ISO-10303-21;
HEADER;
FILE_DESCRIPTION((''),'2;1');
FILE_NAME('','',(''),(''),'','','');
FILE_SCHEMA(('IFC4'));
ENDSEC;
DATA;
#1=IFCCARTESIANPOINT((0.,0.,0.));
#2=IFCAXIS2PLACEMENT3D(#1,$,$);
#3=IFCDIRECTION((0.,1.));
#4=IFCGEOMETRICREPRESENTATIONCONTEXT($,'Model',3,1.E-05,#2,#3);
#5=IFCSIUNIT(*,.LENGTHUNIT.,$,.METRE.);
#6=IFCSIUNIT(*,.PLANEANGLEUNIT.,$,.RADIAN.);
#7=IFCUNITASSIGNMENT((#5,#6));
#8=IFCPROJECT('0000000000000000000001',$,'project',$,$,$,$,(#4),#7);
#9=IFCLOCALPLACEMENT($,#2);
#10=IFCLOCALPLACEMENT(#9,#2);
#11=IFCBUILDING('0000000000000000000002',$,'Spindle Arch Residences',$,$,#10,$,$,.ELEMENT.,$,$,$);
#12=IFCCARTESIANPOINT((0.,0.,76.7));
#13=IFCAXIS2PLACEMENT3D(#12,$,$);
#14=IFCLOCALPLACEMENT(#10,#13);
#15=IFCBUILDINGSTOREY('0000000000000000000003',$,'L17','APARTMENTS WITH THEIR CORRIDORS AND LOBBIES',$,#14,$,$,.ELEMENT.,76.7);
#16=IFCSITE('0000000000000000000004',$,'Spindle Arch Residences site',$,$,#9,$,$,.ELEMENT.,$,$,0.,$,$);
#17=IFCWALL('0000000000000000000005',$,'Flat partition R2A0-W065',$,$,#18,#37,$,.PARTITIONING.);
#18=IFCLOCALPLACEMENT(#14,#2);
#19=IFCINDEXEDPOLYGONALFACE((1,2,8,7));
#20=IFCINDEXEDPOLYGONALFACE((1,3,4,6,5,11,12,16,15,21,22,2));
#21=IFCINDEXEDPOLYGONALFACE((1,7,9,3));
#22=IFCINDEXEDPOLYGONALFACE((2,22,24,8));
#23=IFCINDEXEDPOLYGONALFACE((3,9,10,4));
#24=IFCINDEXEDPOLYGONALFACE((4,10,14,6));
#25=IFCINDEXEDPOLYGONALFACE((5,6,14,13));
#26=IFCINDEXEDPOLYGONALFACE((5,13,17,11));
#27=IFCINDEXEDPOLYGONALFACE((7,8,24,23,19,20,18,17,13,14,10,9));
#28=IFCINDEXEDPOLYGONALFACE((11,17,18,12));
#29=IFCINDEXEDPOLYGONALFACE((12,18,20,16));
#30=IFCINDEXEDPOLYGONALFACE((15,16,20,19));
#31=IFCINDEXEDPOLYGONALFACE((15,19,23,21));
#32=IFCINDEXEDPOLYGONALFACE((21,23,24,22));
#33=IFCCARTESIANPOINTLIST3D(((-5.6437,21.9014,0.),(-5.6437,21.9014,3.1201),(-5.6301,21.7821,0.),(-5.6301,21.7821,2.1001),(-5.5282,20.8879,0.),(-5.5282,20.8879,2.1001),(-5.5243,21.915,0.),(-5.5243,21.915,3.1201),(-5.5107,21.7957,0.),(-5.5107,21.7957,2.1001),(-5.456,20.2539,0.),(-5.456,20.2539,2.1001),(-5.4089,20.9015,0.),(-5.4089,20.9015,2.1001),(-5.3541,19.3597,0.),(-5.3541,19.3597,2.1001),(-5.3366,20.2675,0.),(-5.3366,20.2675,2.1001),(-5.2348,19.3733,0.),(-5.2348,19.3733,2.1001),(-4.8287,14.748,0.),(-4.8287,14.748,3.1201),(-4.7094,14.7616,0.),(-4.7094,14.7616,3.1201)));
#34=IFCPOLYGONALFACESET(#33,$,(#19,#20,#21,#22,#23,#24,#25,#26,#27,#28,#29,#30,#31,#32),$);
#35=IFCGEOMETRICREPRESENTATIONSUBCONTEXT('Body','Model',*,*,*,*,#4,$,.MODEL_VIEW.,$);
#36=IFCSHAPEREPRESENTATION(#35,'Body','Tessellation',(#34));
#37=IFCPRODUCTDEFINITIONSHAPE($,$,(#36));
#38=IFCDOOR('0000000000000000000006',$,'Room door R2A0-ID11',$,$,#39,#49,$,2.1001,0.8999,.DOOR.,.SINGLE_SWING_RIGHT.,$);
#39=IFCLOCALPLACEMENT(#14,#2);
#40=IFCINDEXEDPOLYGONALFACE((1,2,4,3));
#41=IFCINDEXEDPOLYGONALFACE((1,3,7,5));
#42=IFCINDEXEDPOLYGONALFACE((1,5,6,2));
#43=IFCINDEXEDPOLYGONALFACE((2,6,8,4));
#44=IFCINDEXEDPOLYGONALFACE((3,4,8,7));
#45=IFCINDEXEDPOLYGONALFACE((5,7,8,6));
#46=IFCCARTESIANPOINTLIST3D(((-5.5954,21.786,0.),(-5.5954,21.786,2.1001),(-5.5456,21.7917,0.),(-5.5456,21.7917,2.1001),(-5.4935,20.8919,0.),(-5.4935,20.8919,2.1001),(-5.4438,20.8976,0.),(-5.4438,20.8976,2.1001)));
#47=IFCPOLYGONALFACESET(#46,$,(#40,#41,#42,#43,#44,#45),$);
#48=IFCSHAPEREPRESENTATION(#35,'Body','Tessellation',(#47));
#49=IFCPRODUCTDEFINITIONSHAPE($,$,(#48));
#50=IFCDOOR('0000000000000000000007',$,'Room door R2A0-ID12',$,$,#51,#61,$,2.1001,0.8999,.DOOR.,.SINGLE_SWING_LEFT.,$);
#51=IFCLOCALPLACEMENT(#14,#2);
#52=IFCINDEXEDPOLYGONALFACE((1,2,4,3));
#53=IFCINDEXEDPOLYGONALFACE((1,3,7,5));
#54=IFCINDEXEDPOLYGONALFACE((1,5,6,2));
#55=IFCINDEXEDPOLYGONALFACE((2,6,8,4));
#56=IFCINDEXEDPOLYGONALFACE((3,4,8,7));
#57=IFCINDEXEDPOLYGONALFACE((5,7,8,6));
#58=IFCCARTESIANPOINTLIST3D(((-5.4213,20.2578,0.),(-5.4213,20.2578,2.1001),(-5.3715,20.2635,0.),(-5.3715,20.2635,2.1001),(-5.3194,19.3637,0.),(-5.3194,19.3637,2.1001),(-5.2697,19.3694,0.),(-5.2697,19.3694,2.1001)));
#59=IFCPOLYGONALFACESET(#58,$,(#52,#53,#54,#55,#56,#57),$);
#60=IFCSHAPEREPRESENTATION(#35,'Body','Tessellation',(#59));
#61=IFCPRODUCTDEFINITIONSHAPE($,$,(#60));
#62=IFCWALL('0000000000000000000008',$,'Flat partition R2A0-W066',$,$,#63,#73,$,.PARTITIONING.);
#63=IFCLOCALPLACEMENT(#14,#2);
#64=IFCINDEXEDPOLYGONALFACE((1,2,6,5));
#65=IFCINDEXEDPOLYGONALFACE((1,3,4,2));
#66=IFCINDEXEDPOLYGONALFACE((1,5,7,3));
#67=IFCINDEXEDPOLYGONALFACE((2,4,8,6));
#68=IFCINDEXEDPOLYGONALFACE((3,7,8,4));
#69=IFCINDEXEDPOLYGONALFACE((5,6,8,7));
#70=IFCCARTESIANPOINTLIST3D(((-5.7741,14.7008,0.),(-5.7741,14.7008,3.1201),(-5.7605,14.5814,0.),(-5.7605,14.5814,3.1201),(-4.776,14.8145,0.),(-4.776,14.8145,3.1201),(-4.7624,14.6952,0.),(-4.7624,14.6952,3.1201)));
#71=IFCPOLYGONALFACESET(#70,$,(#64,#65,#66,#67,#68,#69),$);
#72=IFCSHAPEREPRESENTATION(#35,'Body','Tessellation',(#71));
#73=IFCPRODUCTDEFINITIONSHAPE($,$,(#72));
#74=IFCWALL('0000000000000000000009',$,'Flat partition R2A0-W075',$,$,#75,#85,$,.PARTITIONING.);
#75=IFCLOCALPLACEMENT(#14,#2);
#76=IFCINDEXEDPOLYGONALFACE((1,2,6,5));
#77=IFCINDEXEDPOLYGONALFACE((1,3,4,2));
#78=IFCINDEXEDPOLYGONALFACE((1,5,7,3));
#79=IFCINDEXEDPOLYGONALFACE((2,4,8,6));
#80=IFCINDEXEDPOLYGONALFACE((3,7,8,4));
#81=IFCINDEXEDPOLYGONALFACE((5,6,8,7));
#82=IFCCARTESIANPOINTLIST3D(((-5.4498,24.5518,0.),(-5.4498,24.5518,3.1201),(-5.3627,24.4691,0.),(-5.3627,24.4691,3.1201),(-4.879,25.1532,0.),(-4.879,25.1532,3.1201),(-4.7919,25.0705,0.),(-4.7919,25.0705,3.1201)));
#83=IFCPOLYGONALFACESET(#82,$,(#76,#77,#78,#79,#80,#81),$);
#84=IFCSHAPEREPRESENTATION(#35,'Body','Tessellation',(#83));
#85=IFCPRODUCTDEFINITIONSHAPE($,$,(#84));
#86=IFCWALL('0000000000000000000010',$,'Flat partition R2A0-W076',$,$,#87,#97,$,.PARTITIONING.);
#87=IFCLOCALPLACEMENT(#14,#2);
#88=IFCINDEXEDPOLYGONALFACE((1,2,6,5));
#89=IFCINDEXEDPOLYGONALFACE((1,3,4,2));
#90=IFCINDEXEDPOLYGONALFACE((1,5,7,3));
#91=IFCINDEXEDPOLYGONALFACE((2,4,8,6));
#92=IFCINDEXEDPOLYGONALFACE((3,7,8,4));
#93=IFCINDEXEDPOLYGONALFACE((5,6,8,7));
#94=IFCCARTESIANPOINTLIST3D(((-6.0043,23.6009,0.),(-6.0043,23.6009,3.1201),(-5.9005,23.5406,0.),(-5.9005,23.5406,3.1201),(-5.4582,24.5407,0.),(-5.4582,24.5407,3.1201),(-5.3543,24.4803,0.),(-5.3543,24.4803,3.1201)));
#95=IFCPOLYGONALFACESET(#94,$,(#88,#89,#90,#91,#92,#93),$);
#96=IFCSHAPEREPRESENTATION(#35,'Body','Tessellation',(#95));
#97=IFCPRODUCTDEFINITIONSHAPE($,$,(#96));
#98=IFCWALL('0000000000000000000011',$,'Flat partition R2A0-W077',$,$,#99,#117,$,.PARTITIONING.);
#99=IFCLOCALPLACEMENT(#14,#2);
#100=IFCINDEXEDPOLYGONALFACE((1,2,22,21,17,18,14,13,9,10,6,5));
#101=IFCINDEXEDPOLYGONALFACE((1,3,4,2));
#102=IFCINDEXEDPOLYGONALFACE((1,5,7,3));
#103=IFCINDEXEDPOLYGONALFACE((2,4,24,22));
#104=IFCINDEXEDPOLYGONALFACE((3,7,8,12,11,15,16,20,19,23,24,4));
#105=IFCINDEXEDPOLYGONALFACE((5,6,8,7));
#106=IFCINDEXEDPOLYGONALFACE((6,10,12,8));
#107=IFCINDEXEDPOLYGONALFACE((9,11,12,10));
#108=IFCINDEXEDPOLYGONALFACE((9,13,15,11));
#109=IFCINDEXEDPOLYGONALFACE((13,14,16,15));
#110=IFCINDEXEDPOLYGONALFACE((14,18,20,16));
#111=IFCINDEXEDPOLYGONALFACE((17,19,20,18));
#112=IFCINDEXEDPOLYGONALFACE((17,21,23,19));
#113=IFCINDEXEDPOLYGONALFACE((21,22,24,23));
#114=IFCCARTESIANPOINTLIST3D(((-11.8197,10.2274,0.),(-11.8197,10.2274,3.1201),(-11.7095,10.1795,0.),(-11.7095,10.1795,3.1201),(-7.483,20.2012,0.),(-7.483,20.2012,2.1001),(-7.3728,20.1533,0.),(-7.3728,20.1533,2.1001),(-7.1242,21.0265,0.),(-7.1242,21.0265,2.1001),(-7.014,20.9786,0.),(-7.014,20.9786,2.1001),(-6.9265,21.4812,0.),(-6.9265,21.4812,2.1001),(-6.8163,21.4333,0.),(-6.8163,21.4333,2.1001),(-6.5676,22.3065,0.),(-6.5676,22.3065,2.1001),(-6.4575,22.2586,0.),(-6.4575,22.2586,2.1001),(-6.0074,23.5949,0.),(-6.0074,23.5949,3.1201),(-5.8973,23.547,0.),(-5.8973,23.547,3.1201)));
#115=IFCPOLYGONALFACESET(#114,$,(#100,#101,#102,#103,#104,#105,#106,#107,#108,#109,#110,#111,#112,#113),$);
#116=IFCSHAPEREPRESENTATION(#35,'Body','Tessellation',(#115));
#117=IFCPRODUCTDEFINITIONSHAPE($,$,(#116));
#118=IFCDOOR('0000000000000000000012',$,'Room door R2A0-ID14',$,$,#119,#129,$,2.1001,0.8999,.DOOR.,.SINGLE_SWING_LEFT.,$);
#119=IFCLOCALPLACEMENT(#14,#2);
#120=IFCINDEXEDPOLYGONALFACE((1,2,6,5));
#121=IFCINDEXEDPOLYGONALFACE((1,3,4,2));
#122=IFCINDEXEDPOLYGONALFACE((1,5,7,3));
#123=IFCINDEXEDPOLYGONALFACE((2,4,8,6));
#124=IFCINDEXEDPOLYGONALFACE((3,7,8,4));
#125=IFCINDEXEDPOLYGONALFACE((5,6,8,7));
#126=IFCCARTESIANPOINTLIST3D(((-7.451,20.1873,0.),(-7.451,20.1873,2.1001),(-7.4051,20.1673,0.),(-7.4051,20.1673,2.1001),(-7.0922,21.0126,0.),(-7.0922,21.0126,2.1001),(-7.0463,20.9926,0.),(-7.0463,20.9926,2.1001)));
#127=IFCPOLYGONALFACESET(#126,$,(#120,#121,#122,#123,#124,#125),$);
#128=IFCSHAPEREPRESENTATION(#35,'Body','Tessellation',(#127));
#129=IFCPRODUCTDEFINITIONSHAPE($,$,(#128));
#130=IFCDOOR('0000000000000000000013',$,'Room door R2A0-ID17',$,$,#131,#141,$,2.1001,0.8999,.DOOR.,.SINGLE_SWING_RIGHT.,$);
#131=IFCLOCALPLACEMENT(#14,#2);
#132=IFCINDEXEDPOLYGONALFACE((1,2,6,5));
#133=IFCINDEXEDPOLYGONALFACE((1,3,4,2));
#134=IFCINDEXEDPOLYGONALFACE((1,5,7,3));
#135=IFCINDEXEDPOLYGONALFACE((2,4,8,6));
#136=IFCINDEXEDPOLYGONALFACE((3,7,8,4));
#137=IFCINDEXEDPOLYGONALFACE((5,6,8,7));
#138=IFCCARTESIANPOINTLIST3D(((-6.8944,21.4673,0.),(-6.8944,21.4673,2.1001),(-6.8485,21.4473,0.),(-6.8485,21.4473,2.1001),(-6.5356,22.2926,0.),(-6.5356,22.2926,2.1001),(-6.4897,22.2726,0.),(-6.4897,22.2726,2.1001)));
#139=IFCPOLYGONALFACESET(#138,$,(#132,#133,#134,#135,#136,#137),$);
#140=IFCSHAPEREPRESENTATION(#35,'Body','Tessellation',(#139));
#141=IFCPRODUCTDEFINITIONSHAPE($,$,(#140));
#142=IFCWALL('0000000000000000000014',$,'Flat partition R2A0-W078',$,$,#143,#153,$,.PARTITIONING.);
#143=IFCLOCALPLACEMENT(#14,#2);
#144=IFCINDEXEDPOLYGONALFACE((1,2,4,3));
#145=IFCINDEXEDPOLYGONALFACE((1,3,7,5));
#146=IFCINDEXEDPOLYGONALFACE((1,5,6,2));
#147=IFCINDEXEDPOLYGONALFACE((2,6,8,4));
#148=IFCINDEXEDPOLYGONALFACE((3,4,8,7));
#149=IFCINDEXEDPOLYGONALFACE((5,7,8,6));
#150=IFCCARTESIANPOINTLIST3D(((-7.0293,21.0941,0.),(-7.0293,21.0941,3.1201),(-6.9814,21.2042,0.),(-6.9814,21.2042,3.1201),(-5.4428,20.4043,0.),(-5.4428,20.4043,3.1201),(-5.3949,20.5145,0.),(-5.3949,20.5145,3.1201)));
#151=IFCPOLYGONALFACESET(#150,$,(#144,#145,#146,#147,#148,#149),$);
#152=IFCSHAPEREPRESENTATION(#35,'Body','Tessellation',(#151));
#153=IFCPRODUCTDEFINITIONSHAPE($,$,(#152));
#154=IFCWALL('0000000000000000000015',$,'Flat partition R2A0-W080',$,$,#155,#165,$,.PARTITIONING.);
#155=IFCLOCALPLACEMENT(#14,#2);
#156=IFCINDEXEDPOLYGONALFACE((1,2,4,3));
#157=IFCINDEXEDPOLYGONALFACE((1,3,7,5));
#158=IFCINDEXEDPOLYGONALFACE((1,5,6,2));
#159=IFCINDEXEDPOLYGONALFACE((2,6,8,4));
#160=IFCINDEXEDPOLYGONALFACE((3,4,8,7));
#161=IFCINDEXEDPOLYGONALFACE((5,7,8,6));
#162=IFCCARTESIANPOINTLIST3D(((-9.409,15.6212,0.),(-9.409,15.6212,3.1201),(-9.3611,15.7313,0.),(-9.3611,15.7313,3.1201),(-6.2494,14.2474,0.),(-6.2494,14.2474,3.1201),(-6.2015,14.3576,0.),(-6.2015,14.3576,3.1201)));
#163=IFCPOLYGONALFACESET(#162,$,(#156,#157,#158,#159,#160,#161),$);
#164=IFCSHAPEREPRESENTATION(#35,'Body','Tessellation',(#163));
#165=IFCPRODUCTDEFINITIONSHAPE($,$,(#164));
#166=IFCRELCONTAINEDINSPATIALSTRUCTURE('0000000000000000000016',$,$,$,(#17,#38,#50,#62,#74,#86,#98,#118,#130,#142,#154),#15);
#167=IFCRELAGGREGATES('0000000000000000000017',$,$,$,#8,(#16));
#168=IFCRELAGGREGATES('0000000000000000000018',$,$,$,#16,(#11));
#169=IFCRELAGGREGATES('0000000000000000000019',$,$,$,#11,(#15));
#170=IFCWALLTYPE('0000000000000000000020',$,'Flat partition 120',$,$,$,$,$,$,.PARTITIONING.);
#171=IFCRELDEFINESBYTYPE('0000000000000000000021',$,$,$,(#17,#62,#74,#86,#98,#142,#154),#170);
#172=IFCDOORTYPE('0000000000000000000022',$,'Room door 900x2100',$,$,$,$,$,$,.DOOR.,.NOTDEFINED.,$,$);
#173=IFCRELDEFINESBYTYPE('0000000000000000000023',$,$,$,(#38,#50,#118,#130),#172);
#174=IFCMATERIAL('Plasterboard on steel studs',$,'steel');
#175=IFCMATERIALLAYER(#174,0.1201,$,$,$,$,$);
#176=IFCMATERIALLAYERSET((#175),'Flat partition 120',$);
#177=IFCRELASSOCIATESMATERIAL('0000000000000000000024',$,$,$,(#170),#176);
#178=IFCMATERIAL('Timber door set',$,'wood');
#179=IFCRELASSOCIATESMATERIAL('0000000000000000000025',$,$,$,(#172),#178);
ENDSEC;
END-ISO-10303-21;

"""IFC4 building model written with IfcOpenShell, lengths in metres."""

from ifc_helpers import new_model, si_unit, direction, frame, frame_2d, origin, place, context, subcontext, project, spatial, rectangle, extrude, material, layer, layer_set, type_object, element, fill, save


model = new_model("IFC4")

# Units and contexts
model_context = context("Model", 3, precision=1e-05, world=origin(), true_north=direction((0.0, 1.0)))
body_context = subcontext(model_context, "Body", "Model", "MODEL_VIEW")
ifc_project = project(units=[si_unit("LENGTHUNIT", "METRE"), si_unit("PLANEANGLEUNIT", "RADIAN")], contexts=[model_context])

# Site, building, storey
site_placement = place(None, origin())
site = spatial("IfcSite", under=ifc_project, at=site_placement, Name="Spindle Arch Residences site", CompositionType="ELEMENT", RefElevation=0.0)
building_placement = place(site_placement, origin())
building = spatial("IfcBuilding", under=site, at=building_placement, Name="Spindle Arch Residences", CompositionType="ELEMENT")
storey_placement = place(building_placement, frame((0.0, 0.0, 76.7)))
storey = spatial("IfcBuildingStorey", under=building, at=storey_placement, Name="L17", Description="APARTMENTS WITH THEIR CORRIDORS AND LOBBIES", CompositionType="ELEMENT", Elevation=76.7)

# Shared definitions
ifc_material_1 = material(Name="Plasterboard on steel studs", Category="steel")
ifc_layer_1 = layer(ifc_material_1, 0.1201)
ifc_layer_set_1 = layer_set([ifc_layer_1], Name="Flat partition 120")
wall_type_1 = type_object("IfcWallType", Name="Flat partition 120", PredefinedType="PARTITIONING", material=ifc_layer_set_1)

# Wall, openings, doors
wall_1_placement = place(storey_placement, frame((-5.584, 21.9082, 0.0), z_axis=(0.0, 0.0, 1.0), x_axis=(0.113193, -0.993573, 0.0)))
wall_1 = element("IfcWall", 1, at=wall_1_placement, inside=storey, type_object=wall_type_1, Name="Flat partition R2A0-W065", PredefinedType="PARTITIONING", context=body_context, shape_type="SweptSolid", body=[
    extrude(rectangle(XDim=7.1997, YDim=0.1201, at=frame_2d((3.5999, 0.0))), origin(), (0.0, 0.0, 1.0), 3.1201),
])
opening_1_placement = place(wall_1_placement, frame((0.1201, 0.0, 0.0)))
opening_1 = element("IfcOpeningElement", 2, at=opening_1_placement, cuts=wall_1, PredefinedType="OPENING", context=body_context, shape_type="SweptSolid", body=[
    extrude(rectangle(XDim=0.8999, YDim=2.1001, at=frame_2d((0.45, 1.05))), frame((0.0, 0.0701, 0.0), z_axis=(0.0, -1.0, 0.0), x_axis=(1.0, 0.0, 0.0)), (0.0, 0.0, 1.0), 0.1401),
])
opening_2_placement = place(wall_1_placement, frame((1.6582, 0.0, 0.0)))
opening_2 = element("IfcOpeningElement", 3, at=opening_2_placement, cuts=wall_1, PredefinedType="OPENING", context=body_context, shape_type="SweptSolid", body=[
    extrude(rectangle(XDim=0.8999, YDim=2.1001, at=frame_2d((0.45, 1.05))), frame((0.0, 0.0701, 0.0), z_axis=(0.0, -1.0, 0.0), x_axis=(1.0, 0.0, 0.0)), (0.0, 0.0, 1.0), 0.1401),
])
ifc_material_2 = material(Name="Timber door set", Category="wood")
door_type_1 = type_object("IfcDoorType", Name="Room door 900x2100", OperationType="NOTDEFINED", PredefinedType="DOOR", material=ifc_material_2)
door_1_placement = place(opening_1_placement, origin())
door_1 = element("IfcDoor", 4, at=door_1_placement, inside=storey, type_object=door_type_1, Name="Room door R2A0-ID11", OperationType="SINGLE_SWING_RIGHT", OverallHeight=2.1001, OverallWidth=0.8999, PredefinedType="DOOR", context=body_context, shape_type="SweptSolid", body=[
    extrude(rectangle(XDim=0.8999, YDim=2.1001, at=frame_2d((0.45, 1.05))), frame((0.0, 0.0249, 0.0), z_axis=(0.0, -1.0, 0.0), x_axis=(1.0, 0.0, 0.0)), (0.0, 0.0, 1.0), 0.05),
])
fill(opening_1, door_1)
door_2_placement = place(opening_2_placement, origin())
door_2 = element("IfcDoor", 5, at=door_2_placement, inside=storey, type_object=door_type_1, Name="Room door R2A0-ID12", OperationType="SINGLE_SWING_LEFT", OverallHeight=2.1001, OverallWidth=0.8999, PredefinedType="DOOR", context=body_context, shape_type="SweptSolid", body=[
    extrude(rectangle(XDim=0.8999, YDim=2.1001, at=frame_2d((0.45, 1.05))), frame((0.0, 0.0249, 0.0), z_axis=(0.0, -1.0, 0.0), x_axis=(1.0, 0.0, 0.0)), (0.0, 0.0, 1.0), 0.05),
])
fill(opening_2, door_2)

# Walls
wall_2_placement = place(storey_placement, frame((-4.769, 14.7549, 0.0), z_axis=(0.0, 0.0, 1.0), x_axis=(-0.993569, -0.113231, 0.0)))
element("IfcWall", 6, at=wall_2_placement, inside=storey, type_object=wall_type_1, Name="Flat partition R2A0-W066", PredefinedType="PARTITIONING", context=body_context, shape_type="SweptSolid", body=[
    extrude(rectangle(XDim=1.0046, YDim=0.1201, at=frame_2d((0.5024, 0.0))), origin(), (0.0, 0.0, 1.0), 3.1201),
])
wall_3_placement = place(storey_placement, frame((-4.8354, 25.1118, 0.0), z_axis=(0.0, 0.0, 1.0), x_axis=(-0.688463, -0.725271, 0.0)))
element("IfcWall", 7, at=wall_3_placement, inside=storey, type_object=wall_type_1, Name="Flat partition R2A0-W075", PredefinedType="PARTITIONING", context=body_context, shape_type="SweptSolid", body=[
    extrude(rectangle(XDim=0.8291, YDim=0.1201, at=frame_2d((0.4146, 0.0))), origin(), (0.0, 0.0, 1.0), 3.1201),
])
wall_4_placement = place(storey_placement, frame((-5.4062, 24.5105, 0.0), z_axis=(0.0, 0.0, 1.0), x_axis=(-0.502488, -0.864584, 0.0)))
element("IfcWall", 8, at=wall_4_placement, inside=storey, type_object=wall_type_1, Name="Flat partition R2A0-W076", PredefinedType="PARTITIONING", context=body_context, shape_type="SweptSolid", body=[
    extrude(rectangle(XDim=1.0869, YDim=0.1201, at=frame_2d((0.5435, 0.0))), origin(), (0.0, 0.0, 1.0), 3.1201),
])

# Wall, openings, doors
wall_5_placement = place(storey_placement, frame((-5.9524, 23.5708, 0.0), z_axis=(0.0, 0.0, 1.0), x_axis=(-0.398745, -0.917062, 0.0)))
wall_5 = element("IfcWall", 9, at=wall_5_placement, inside=storey, type_object=wall_type_1, Name="Flat partition R2A0-W077", PredefinedType="PARTITIONING", context=body_context, shape_type="SweptSolid", body=[
    extrude(rectangle(XDim=14.5764, YDim=0.1201, at=frame_2d((7.2881, 0.0))), origin(), (0.0, 0.0, 1.0), 3.1201),
])
opening_3_placement = place(wall_5_placement, frame((2.8005, 0.0, 0.0)))
opening_3 = element("IfcOpeningElement", 10, at=opening_3_placement, cuts=wall_5, PredefinedType="OPENING", context=body_context, shape_type="SweptSolid", body=[
    extrude(rectangle(XDim=0.8999, YDim=2.1001, at=frame_2d((0.45, 1.05))), frame((0.0, 0.0701, 0.0), z_axis=(0.0, -1.0, 0.0), x_axis=(1.0, 0.0, 0.0)), (0.0, 0.0, 1.0), 0.1401),
])
opening_4_placement = place(wall_5_placement, frame((1.4048, 0.0, 0.0)))
opening_4 = element("IfcOpeningElement", 11, at=opening_4_placement, cuts=wall_5, PredefinedType="OPENING", context=body_context, shape_type="SweptSolid", body=[
    extrude(rectangle(XDim=0.8999, YDim=2.1001, at=frame_2d((0.45, 1.05))), frame((0.0, 0.0701, 0.0), z_axis=(0.0, -1.0, 0.0), x_axis=(1.0, 0.0, 0.0)), (0.0, 0.0, 1.0), 0.1401),
])
door_3_placement = place(opening_3_placement, origin())
door_3 = element("IfcDoor", 12, at=door_3_placement, inside=storey, type_object=door_type_1, Name="Room door R2A0-ID14", OperationType="SINGLE_SWING_LEFT", OverallHeight=2.1001, OverallWidth=0.8999, PredefinedType="DOOR", context=body_context, shape_type="SweptSolid", body=[
    extrude(rectangle(XDim=0.8999, YDim=2.1001, at=frame_2d((0.45, 1.05))), frame((0.0, 0.0249, 0.0), z_axis=(0.0, -1.0, 0.0), x_axis=(1.0, 0.0, 0.0)), (0.0, 0.0, 1.0), 0.05),
])
fill(opening_3, door_3)
door_4_placement = place(opening_4_placement, origin())
door_4 = element("IfcDoor", 13, at=door_4_placement, inside=storey, type_object=door_type_1, Name="Room door R2A0-ID17", OperationType="SINGLE_SWING_RIGHT", OverallHeight=2.1001, OverallWidth=0.8999, PredefinedType="DOOR", context=body_context, shape_type="SweptSolid", body=[
    extrude(rectangle(XDim=0.8999, YDim=2.1001, at=frame_2d((0.45, 1.05))), frame((0.0, 0.0249, 0.0), z_axis=(0.0, -1.0, 0.0), x_axis=(1.0, 0.0, 0.0)), (0.0, 0.0, 1.0), 0.05),
])
fill(opening_4, door_4)

# Walls
wall_6_placement = place(storey_placement, frame((-7.0054, 21.1492, 0.0), z_axis=(0.0, 0.0, 1.0), x_axis=(0.917081, -0.3987, 0.0)))
element("IfcWall", 14, at=wall_6_placement, inside=storey, type_object=wall_type_1, Name="Flat partition R2A0-W078", PredefinedType="PARTITIONING", context=body_context, shape_type="SweptSolid", body=[
    extrude(rectangle(XDim=1.73, YDim=0.1201, at=frame_2d((0.865, 0.0))), origin(), (0.0, 0.0, 1.0), 3.1201),
])
wall_7_placement = place(storey_placement, frame((-9.385, 15.6763, 0.0), z_axis=(0.0, 0.0, 1.0), x_axis=(0.917069, -0.398729, 0.0)))
element("IfcWall", 15, at=wall_7_placement, inside=storey, type_object=wall_type_1, Name="Flat partition R2A0-W080", PredefinedType="PARTITIONING", context=body_context, shape_type="SweptSolid", body=[
    extrude(rectangle(XDim=3.4453, YDim=0.1201, at=frame_2d((1.7227, 0.0))), origin(), (0.0, 0.0, 1.0), 3.1201),
])

save(model, "model.ifc")
